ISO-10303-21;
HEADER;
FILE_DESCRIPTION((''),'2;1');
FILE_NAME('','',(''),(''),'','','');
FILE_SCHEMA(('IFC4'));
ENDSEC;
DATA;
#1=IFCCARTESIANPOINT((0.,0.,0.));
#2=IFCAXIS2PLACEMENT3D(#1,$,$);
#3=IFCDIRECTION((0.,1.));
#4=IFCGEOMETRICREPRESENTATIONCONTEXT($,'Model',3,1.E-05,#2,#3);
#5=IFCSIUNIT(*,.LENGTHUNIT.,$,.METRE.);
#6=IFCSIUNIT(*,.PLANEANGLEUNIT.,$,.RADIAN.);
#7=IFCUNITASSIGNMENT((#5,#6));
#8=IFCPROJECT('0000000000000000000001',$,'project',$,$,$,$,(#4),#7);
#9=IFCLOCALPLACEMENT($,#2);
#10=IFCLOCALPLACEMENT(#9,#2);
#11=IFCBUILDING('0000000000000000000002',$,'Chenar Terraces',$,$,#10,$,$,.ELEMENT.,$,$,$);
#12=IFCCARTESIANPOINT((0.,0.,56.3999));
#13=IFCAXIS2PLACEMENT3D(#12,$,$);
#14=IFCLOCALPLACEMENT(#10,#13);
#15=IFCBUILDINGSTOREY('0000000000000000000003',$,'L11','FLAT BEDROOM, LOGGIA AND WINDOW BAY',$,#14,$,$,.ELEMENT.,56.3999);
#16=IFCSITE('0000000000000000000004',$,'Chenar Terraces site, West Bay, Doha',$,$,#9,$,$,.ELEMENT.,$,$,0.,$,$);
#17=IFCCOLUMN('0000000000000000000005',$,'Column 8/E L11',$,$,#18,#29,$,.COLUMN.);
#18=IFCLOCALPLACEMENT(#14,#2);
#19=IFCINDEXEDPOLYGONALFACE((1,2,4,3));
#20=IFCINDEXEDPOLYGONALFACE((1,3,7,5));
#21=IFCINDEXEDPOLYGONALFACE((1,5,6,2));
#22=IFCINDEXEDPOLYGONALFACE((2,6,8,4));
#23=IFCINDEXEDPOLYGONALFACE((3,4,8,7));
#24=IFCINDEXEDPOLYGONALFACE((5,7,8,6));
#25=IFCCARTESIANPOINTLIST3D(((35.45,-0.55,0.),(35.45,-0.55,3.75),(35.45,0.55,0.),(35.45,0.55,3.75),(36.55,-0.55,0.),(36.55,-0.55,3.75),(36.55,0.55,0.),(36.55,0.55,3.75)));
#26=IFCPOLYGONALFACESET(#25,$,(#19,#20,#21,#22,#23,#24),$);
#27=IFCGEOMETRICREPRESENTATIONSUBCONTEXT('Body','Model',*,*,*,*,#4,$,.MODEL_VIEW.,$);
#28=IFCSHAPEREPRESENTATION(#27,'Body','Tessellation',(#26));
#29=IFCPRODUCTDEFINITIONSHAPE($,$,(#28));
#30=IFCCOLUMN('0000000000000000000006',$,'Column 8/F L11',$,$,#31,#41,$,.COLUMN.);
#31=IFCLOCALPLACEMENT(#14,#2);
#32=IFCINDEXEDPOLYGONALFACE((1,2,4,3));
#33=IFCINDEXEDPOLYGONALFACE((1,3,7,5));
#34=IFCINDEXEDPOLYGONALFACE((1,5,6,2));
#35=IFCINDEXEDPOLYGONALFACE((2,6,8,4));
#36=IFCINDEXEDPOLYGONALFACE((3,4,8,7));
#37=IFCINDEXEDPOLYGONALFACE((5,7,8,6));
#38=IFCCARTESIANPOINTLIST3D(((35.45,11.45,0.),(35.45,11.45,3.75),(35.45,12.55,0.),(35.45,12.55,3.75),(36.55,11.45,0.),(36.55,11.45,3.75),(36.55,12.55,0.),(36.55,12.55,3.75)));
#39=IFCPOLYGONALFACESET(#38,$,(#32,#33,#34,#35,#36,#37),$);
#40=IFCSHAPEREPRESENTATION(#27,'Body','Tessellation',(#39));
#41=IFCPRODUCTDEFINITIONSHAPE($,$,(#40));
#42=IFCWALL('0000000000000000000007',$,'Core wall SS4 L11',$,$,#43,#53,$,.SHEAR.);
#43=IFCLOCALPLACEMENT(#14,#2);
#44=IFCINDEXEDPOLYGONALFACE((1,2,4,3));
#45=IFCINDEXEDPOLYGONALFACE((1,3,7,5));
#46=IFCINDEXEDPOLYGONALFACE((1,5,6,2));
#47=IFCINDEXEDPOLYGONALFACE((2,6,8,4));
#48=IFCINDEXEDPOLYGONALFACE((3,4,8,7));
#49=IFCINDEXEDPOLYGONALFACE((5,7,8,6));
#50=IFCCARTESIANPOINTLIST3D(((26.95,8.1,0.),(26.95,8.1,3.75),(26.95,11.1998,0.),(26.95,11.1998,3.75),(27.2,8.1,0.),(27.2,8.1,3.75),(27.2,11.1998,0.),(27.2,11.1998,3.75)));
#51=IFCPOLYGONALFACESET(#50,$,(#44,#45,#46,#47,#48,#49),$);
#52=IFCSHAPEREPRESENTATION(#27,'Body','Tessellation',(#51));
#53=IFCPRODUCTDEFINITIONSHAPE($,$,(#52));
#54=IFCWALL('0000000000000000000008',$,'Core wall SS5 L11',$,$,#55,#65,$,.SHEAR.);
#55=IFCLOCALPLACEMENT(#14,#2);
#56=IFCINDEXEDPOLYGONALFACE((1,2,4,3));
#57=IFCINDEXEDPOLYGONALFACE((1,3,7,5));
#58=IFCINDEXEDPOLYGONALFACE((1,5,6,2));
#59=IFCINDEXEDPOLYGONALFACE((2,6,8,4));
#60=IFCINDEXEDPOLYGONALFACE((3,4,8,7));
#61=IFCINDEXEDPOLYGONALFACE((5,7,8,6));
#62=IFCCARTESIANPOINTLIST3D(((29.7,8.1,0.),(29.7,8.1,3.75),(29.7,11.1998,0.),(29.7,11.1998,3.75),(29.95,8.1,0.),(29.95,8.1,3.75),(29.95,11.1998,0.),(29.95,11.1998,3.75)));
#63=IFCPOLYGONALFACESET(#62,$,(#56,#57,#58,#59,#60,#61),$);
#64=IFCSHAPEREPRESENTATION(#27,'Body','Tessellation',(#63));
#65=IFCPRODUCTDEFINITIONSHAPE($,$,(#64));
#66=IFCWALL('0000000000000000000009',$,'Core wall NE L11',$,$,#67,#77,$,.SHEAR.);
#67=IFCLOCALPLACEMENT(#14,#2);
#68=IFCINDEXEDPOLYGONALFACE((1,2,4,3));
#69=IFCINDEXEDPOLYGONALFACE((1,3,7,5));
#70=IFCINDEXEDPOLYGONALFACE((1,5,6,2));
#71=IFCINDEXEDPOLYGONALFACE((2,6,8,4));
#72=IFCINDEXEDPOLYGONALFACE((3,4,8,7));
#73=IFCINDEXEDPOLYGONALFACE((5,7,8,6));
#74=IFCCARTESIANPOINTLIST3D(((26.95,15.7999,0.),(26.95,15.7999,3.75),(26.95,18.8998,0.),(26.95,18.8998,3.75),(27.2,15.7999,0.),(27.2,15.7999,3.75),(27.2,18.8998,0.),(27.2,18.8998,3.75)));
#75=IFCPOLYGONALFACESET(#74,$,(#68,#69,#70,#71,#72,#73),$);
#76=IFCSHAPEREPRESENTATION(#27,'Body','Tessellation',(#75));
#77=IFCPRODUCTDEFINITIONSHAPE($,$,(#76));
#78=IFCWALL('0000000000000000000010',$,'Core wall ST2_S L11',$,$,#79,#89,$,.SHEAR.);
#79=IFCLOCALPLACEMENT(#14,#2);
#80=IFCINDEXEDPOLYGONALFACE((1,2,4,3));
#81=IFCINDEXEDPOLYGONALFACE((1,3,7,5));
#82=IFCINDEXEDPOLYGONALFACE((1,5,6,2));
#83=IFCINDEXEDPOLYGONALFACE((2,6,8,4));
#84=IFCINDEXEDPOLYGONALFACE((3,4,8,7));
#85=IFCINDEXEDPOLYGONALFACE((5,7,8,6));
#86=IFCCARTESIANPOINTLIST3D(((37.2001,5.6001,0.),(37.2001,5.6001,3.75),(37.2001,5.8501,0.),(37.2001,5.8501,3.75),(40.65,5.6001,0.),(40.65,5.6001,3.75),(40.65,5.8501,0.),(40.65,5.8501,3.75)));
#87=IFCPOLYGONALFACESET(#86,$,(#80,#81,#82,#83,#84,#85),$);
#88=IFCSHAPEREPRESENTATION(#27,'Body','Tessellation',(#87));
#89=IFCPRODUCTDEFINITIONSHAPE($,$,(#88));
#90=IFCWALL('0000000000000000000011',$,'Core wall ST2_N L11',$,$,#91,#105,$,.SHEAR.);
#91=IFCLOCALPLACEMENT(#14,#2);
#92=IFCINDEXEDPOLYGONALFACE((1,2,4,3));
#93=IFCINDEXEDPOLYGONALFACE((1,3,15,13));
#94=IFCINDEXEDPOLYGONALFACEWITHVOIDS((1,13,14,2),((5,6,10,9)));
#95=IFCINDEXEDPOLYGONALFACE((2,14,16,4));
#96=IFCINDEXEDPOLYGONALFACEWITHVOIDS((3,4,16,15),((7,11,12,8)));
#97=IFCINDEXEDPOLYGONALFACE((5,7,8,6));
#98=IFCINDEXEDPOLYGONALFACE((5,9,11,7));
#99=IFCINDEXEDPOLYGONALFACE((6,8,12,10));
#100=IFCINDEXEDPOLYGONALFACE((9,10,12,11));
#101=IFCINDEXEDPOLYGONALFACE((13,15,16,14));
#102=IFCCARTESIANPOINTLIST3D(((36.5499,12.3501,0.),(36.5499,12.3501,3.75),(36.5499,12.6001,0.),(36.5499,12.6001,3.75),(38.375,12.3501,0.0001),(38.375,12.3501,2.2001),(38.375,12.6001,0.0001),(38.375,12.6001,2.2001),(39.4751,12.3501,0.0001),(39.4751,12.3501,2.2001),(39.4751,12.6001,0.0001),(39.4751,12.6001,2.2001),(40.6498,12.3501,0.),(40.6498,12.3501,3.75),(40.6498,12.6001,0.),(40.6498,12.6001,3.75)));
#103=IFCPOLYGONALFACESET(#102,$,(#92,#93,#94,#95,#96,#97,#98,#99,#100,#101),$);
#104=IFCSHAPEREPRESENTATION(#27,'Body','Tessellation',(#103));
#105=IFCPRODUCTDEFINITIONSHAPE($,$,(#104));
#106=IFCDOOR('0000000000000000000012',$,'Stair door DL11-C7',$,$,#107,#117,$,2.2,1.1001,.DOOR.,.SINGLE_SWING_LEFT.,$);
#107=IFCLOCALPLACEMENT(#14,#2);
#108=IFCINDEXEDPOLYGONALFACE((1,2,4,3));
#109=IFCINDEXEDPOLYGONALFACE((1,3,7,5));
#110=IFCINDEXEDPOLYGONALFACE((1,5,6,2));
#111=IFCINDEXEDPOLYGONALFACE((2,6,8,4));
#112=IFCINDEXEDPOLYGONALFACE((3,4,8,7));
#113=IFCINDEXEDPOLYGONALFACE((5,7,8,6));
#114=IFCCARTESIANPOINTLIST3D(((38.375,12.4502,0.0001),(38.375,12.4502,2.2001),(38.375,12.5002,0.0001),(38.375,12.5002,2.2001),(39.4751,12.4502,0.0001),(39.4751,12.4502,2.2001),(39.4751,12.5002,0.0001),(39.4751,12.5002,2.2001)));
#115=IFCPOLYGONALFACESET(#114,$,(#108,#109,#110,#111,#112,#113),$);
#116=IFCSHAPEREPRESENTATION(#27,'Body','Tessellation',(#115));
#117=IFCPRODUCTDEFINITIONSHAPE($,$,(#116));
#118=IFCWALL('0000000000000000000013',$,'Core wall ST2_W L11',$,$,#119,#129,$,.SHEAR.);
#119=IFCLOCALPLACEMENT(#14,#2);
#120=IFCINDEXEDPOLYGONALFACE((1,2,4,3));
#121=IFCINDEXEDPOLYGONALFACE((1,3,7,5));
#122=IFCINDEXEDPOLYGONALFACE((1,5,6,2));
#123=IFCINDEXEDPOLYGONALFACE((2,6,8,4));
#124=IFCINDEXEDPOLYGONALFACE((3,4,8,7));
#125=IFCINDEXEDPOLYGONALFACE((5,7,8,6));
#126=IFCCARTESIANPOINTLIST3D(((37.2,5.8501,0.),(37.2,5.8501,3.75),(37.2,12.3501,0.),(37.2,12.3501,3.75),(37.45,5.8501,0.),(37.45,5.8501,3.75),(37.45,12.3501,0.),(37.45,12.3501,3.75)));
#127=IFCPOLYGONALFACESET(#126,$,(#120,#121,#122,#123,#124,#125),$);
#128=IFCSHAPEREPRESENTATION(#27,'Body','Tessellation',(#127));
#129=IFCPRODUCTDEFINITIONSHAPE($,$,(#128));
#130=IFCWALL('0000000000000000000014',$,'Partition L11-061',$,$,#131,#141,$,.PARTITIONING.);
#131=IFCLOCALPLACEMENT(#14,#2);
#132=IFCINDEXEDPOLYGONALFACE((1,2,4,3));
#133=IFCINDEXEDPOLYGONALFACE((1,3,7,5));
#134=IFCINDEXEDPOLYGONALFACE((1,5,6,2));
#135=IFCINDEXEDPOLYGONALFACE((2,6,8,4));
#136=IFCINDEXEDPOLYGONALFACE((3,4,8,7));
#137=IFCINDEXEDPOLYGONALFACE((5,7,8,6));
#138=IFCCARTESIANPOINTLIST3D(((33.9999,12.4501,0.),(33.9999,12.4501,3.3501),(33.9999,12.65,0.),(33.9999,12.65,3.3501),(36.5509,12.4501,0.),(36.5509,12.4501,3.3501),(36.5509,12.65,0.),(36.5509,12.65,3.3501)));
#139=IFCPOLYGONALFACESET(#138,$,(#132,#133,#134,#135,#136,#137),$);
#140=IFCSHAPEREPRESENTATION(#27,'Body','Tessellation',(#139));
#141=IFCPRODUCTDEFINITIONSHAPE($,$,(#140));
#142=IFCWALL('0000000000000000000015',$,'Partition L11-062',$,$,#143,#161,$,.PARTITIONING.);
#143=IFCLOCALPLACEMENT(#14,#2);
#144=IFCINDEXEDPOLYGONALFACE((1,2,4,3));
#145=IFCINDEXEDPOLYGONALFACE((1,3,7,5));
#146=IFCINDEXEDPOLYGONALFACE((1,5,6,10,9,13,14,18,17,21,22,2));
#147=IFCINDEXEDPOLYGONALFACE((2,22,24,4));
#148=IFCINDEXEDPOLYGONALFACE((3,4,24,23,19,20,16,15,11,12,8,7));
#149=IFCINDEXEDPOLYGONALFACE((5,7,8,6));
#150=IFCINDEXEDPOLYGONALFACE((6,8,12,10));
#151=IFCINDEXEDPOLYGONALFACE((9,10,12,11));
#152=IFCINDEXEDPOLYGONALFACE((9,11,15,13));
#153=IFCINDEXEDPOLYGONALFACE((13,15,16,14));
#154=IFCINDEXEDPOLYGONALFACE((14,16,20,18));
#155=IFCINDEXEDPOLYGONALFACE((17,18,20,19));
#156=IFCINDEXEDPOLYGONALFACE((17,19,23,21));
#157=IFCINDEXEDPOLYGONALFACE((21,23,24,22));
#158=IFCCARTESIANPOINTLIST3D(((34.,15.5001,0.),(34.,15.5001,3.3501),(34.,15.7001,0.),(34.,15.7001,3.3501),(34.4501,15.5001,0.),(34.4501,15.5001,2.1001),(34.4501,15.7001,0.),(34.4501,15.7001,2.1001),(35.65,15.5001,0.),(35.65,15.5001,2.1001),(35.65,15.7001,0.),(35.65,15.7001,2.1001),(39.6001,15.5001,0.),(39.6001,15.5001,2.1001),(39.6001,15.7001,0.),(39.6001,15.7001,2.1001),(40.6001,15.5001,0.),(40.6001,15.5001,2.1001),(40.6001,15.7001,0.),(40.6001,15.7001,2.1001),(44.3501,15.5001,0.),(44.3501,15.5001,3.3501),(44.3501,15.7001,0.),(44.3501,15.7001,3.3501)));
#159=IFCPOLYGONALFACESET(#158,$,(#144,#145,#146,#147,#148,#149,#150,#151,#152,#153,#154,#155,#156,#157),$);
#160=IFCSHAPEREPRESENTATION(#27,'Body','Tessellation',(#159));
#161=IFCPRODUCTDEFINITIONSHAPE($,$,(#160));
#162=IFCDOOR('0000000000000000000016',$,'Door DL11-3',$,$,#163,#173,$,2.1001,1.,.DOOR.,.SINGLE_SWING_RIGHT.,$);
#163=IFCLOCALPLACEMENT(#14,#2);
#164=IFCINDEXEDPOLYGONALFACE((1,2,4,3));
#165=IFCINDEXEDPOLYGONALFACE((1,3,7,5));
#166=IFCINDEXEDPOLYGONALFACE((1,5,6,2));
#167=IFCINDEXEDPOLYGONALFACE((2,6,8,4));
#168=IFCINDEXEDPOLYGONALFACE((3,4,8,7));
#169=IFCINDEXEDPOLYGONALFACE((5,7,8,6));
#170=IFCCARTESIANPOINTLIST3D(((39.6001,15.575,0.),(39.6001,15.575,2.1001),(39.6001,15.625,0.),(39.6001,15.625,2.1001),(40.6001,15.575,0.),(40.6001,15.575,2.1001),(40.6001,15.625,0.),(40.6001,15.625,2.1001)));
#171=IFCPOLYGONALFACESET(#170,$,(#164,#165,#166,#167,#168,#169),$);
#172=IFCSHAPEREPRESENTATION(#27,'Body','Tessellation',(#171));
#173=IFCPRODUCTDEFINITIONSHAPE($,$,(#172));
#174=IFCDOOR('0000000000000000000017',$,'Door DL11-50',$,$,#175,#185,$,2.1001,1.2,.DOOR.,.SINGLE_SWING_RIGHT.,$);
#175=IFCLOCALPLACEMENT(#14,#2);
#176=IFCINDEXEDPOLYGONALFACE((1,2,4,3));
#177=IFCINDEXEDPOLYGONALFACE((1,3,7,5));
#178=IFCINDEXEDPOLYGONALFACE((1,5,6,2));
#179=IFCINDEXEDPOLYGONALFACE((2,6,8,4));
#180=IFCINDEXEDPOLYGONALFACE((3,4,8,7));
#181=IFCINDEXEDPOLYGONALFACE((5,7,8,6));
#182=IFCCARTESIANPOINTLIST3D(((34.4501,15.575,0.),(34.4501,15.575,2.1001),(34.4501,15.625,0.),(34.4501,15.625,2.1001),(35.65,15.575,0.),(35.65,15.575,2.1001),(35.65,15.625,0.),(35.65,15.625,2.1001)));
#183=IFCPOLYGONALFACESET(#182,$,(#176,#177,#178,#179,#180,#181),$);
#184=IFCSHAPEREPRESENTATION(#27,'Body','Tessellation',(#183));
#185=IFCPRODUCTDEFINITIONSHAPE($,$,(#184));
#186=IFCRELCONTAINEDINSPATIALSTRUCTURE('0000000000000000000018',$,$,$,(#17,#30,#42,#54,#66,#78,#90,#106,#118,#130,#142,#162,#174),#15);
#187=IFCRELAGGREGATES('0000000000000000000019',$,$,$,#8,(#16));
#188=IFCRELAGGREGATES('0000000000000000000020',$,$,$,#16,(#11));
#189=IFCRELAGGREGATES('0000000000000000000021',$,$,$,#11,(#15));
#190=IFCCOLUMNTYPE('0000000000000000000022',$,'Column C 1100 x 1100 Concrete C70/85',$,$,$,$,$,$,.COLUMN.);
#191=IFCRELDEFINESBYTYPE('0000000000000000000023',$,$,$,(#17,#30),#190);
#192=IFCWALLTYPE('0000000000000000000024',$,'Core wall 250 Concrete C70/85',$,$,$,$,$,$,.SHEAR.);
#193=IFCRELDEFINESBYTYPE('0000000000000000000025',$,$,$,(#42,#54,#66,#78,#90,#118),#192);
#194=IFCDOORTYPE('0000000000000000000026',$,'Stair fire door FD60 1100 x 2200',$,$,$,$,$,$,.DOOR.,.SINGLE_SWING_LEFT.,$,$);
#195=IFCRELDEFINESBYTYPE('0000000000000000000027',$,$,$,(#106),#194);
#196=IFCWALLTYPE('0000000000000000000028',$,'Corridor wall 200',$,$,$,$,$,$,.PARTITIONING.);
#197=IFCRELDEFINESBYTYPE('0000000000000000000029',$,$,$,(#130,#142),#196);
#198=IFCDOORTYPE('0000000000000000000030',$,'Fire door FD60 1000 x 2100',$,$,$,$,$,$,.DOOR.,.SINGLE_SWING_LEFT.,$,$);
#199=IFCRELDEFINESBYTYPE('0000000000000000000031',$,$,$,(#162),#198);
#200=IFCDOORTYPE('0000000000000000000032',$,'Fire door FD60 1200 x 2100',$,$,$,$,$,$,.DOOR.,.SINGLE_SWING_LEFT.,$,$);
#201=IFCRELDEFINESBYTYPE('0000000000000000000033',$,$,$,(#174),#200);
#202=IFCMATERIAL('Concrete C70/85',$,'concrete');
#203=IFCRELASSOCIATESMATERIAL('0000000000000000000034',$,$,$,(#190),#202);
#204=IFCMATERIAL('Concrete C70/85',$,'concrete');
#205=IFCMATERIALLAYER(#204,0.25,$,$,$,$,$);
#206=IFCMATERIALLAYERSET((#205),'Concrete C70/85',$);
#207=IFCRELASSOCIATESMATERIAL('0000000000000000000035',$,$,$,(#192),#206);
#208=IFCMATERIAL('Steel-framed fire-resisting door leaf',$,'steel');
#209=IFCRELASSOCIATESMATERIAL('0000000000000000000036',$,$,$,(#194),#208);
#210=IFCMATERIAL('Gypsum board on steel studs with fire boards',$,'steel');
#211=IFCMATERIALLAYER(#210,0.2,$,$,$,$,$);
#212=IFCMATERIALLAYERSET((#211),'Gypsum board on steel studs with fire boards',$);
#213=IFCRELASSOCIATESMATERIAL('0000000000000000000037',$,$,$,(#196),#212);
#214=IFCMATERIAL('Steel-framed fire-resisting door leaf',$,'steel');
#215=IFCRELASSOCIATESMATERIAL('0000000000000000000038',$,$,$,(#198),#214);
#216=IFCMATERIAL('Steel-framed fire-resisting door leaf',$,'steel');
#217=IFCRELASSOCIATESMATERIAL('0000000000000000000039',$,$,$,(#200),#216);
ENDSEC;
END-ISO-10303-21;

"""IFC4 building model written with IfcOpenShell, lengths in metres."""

from ifc_helpers import new_model, si_unit, direction, frame, frame_2d, origin, origin_2d, place, context, subcontext, project, spatial, rectangle, extrude, material, layer, layer_set, material_profile, profile_set, type_object, element, fill, save


model = new_model("IFC4")

# Units and contexts
model_context = context("Model", 3, precision=1e-05, world=origin(), true_north=direction((0.0, 1.0)))
body_context = subcontext(model_context, "Body", "Model", "MODEL_VIEW")
ifc_project = project(units=[si_unit("LENGTHUNIT", "METRE"), si_unit("PLANEANGLEUNIT", "RADIAN")], contexts=[model_context])

# Site, building, storey
site_placement = place(None, origin())
site = spatial("IfcSite", under=ifc_project, at=site_placement, Name="Chenar Terraces site, West Bay, Doha", CompositionType="ELEMENT", RefElevation=0.0)
building_placement = place(site_placement, origin())
building = spatial("IfcBuilding", under=site, at=building_placement, Name="Chenar Terraces", CompositionType="ELEMENT")
storey_placement = place(building_placement, frame((0.0, 0.0, 56.3999)))
storey = spatial("IfcBuildingStorey", under=building, at=storey_placement, Name="L11", Description="FLAT BEDROOM, LOGGIA AND WINDOW BAY", CompositionType="ELEMENT", Elevation=56.3999)

# Columns
ifc_material_1 = material(Name="Concrete C70/85", Category="concrete")
ifc_material_profile_1 = material_profile(ifc_material_1, rectangle(XDim=1.1001, YDim=1.1001, at=origin_2d()), Name="C 1100 x 1100")
ifc_profile_set_1 = profile_set([ifc_material_profile_1], Name="Concrete C70/85")
column_type = type_object("IfcColumnType", Name="Column C 1100 x 1100 Concrete C70/85", PredefinedType="COLUMN", material=ifc_profile_set_1)
for number, where, z_axis, x_axis, name in (
    (1, (36.0, 0.0, 0.0), (0.0, 0.0, 1.0), (1.0, 0.0, 0.0), "Column 8/E L11"),
    (2, (36.0, 12.0, 0.0), (0.0, 0.0, 1.0), (1.0, 0.0, 0.0), "Column 8/F L11"),
):
    element("IfcColumn", number, at=place(storey_placement, frame(where, z_axis=z_axis, x_axis=x_axis)), inside=storey, type_object=column_type, Name=name, PredefinedType="COLUMN", context=body_context, shape_type="SweptSolid", body=[
        extrude(rectangle(XDim=1.1001, YDim=1.1001, at=origin_2d()), origin(), (0.0, 0.0, 1.0), 3.75),
    ])

# Walls
ifc_material_2 = material(Name="Concrete C70/85", Category="concrete")
ifc_layer_1 = layer(ifc_material_2, 0.25)
ifc_layer_set_1 = layer_set([ifc_layer_1], Name="Concrete C70/85")
wall_type_1 = type_object("IfcWallType", Name="Core wall 250 Concrete C70/85", PredefinedType="SHEAR", material=ifc_layer_set_1)
for number, where, z_axis, x_axis, name in (
    (3, (27.075, 8.1001, 0.0), (0.0, 0.0, 1.0), (0.0, 1.0, 0.0), "Core wall SS4 L11"),
    (4, (29.825, 8.1001, 0.0), (0.0, 0.0, 1.0), (0.0, 1.0, 0.0), "Core wall SS5 L11"),
    (5, (27.075, 15.8, 0.0), (0.0, 0.0, 1.0), (0.0, 1.0, 0.0), "Core wall NE L11"),
):
    element("IfcWall", number, at=place(storey_placement, frame(where, z_axis=z_axis, x_axis=x_axis)), inside=storey, type_object=wall_type_1, Name=name, PredefinedType="SHEAR", context=body_context, shape_type="SweptSolid", body=[
        extrude(rectangle(XDim=3.0999, YDim=0.25, at=frame_2d((1.5498, 0.0))), origin(), (0.0, 0.0, 1.0), 3.75),
    ])
wall_1_placement = place(storey_placement, frame((37.2, 5.7251, 0.0), z_axis=(0.0, 0.0, 1.0), x_axis=(1.0, 0.0, 0.0)))
element("IfcWall", 6, at=wall_1_placement, inside=storey, type_object=wall_type_1, Name="Core wall ST2_S L11", PredefinedType="SHEAR", context=body_context, shape_type="SweptSolid", body=[
    extrude(rectangle(XDim=3.45, YDim=0.25, at=frame_2d((1.7251, 0.0))), origin(), (0.0, 0.0, 1.0), 3.75),
])

# Wall, opening, door
wall_2_placement = place(storey_placement, frame((36.55, 12.4751, 0.0), z_axis=(0.0, 0.0, 1.0), x_axis=(1.0, 0.0, 0.0)))
wall_2 = element("IfcWall", 7, at=wall_2_placement, inside=storey, type_object=wall_type_1, Name="Core wall ST2_N L11", PredefinedType="SHEAR", context=body_context, shape_type="SweptSolid", body=[
    extrude(rectangle(XDim=4.0999, YDim=0.25, at=frame_2d((2.0498, 0.0))), origin(), (0.0, 0.0, 1.0), 3.75),
])
opening_1_placement = place(wall_2_placement, frame((1.825, 0.0, 0.0)))
opening_1 = element("IfcOpeningElement", 8, at=opening_1_placement, cuts=wall_2, PredefinedType="OPENING", context=body_context, shape_type="SweptSolid", body=[
    extrude(rectangle(XDim=1.1001, YDim=2.2, at=frame_2d((0.55, 1.1001))), frame((0.0, 0.135, 0.0), z_axis=(0.0, -1.0, 0.0), x_axis=(1.0, 0.0, 0.0)), (0.0, 0.0, 1.0), 0.27),
])
ifc_material_3 = material(Name="Steel-framed fire-resisting door leaf", Category="steel")
door_type_1 = type_object("IfcDoorType", Name="Stair fire door FD60 1100 x 2200", OperationType="SINGLE_SWING_LEFT", PredefinedType="DOOR", material=ifc_material_3)
door_1_placement = place(opening_1_placement, frame((1.1001, 0.0, 0.0), z_axis=(0.0, 0.0, 1.0), x_axis=(-1.0, 0.0, 0.0)))
door_1 = element("IfcDoor", 9, at=door_1_placement, inside=storey, type_object=door_type_1, Name="Stair door DL11-C7", OperationType="SINGLE_SWING_LEFT", OverallHeight=2.2, OverallWidth=1.1001, PredefinedType="DOOR", context=body_context, shape_type="SweptSolid", body=[
    extrude(rectangle(XDim=1.1001, YDim=2.2, at=frame_2d((0.55, 1.1001))), frame((0.0, 0.0249, 0.0), z_axis=(0.0, -1.0, 0.0), x_axis=(1.0, 0.0, 0.0)), (0.0, 0.0, 1.0), 0.05),
])
fill(opening_1, door_1)

# Walls
wall_3_placement = place(storey_placement, frame((37.325, 5.8501, 0.0), z_axis=(0.0, 0.0, 1.0), x_axis=(0.0, 1.0, 0.0)))
element("IfcWall", 10, at=wall_3_placement, inside=storey, type_object=wall_type_1, Name="Core wall ST2_W L11", PredefinedType="SHEAR", context=body_context, shape_type="SweptSolid", body=[
    extrude(rectangle(XDim=6.5, YDim=0.25, at=frame_2d((3.25, 0.0))), origin(), (0.0, 0.0, 1.0), 3.75),
])
ifc_material_4 = material(Name="Gypsum board on steel studs with fire boards", Category="steel")
ifc_layer_2 = layer(ifc_material_4, 0.2)
ifc_layer_set_2 = layer_set([ifc_layer_2], Name="Gypsum board on steel studs with fire boards")
wall_type_2 = type_object("IfcWallType", Name="Corridor wall 200", PredefinedType="PARTITIONING", material=ifc_layer_set_2)
wall_4_placement = place(storey_placement, frame((34.0, 12.55, 0.0), z_axis=(0.0, 0.0, 1.0), x_axis=(1.0, 0.0, 0.0)))
element("IfcWall", 11, at=wall_4_placement, inside=storey, type_object=wall_type_2, Name="Partition L11-061", PredefinedType="PARTITIONING", context=body_context, shape_type="SweptSolid", body=[
    extrude(rectangle(XDim=2.551, YDim=0.2, at=frame_2d((1.2754, 0.0))), origin(), (0.0, 0.0, 1.0), 3.3501),
])

# Wall, openings, doors
wall_5_placement = place(storey_placement, frame((34.0, 15.6001, 0.0), z_axis=(0.0, 0.0, 1.0), x_axis=(1.0, 0.0, 0.0)))
wall_5 = element("IfcWall", 12, at=wall_5_placement, inside=storey, type_object=wall_type_2, Name="Partition L11-062", PredefinedType="PARTITIONING", context=body_context, shape_type="SweptSolid", body=[
    extrude(rectangle(XDim=10.3501, YDim=0.2, at=frame_2d((5.175, 0.0))), origin(), (0.0, 0.0, 1.0), 3.3501),
])
opening_2_placement = place(wall_5_placement, frame((5.6001, 0.0, 0.0)))
opening_2 = element("IfcOpeningElement", 13, at=opening_2_placement, cuts=wall_5, PredefinedType="OPENING", context=body_context, shape_type="SweptSolid", body=[
    extrude(rectangle(XDim=1.0, YDim=2.1001, at=frame_2d((0.5, 1.05))), frame((0.0, 0.1099, 0.0), z_axis=(0.0, -1.0, 0.0), x_axis=(1.0, 0.0, 0.0)), (0.0, 0.0, 1.0), 0.22),
])
opening_3_placement = place(wall_5_placement, frame((0.45, 0.0, 0.0)))
opening_3 = element("IfcOpeningElement", 14, at=opening_3_placement, cuts=wall_5, PredefinedType="OPENING", context=body_context, shape_type="SweptSolid", body=[
    extrude(rectangle(XDim=1.2, YDim=2.1001, at=frame_2d((0.6001, 1.05))), frame((0.0, 0.1099, 0.0), z_axis=(0.0, -1.0, 0.0), x_axis=(1.0, 0.0, 0.0)), (0.0, 0.0, 1.0), 0.22),
])
ifc_material_5 = material(Name="Steel-framed fire-resisting door leaf", Category="steel")
door_type_2 = type_object("IfcDoorType", Name="Fire door FD60 1000 x 2100", OperationType="SINGLE_SWING_LEFT", PredefinedType="DOOR", material=ifc_material_5)
door_2_placement = place(opening_2_placement, origin())
door_2 = element("IfcDoor", 15, at=door_2_placement, inside=storey, type_object=door_type_2, Name="Door DL11-3", OperationType="SINGLE_SWING_RIGHT", OverallHeight=2.1001, OverallWidth=1.0, PredefinedType="DOOR", context=body_context, shape_type="SweptSolid", body=[
    extrude(rectangle(XDim=1.0, YDim=2.1001, at=frame_2d((0.5, 1.05))), frame((0.0, 0.0249, 0.0), z_axis=(0.0, -1.0, 0.0), x_axis=(1.0, 0.0, 0.0)), (0.0, 0.0, 1.0), 0.05),
])
fill(opening_2, door_2)
ifc_material_6 = material(Name="Steel-framed fire-resisting door leaf", Category="steel")
door_type_3 = type_object("IfcDoorType", Name="Fire door FD60 1200 x 2100", OperationType="SINGLE_SWING_LEFT", PredefinedType="DOOR", material=ifc_material_6)
door_3_placement = place(opening_3_placement, origin())
door_3 = element("IfcDoor", 16, at=door_3_placement, inside=storey, type_object=door_type_3, Name="Door DL11-50", OperationType="SINGLE_SWING_RIGHT", OverallHeight=2.1001, OverallWidth=1.2, PredefinedType="DOOR", context=body_context, shape_type="SweptSolid", body=[
    extrude(rectangle(XDim=1.2, YDim=2.1001, at=frame_2d((0.6001, 1.05))), frame((0.0, 0.0249, 0.0), z_axis=(0.0, -1.0, 0.0), x_axis=(1.0, 0.0, 0.0)), (0.0, 0.0, 1.0), 0.05),
])
fill(opening_3, door_3)

save(model, "model.ifc")
